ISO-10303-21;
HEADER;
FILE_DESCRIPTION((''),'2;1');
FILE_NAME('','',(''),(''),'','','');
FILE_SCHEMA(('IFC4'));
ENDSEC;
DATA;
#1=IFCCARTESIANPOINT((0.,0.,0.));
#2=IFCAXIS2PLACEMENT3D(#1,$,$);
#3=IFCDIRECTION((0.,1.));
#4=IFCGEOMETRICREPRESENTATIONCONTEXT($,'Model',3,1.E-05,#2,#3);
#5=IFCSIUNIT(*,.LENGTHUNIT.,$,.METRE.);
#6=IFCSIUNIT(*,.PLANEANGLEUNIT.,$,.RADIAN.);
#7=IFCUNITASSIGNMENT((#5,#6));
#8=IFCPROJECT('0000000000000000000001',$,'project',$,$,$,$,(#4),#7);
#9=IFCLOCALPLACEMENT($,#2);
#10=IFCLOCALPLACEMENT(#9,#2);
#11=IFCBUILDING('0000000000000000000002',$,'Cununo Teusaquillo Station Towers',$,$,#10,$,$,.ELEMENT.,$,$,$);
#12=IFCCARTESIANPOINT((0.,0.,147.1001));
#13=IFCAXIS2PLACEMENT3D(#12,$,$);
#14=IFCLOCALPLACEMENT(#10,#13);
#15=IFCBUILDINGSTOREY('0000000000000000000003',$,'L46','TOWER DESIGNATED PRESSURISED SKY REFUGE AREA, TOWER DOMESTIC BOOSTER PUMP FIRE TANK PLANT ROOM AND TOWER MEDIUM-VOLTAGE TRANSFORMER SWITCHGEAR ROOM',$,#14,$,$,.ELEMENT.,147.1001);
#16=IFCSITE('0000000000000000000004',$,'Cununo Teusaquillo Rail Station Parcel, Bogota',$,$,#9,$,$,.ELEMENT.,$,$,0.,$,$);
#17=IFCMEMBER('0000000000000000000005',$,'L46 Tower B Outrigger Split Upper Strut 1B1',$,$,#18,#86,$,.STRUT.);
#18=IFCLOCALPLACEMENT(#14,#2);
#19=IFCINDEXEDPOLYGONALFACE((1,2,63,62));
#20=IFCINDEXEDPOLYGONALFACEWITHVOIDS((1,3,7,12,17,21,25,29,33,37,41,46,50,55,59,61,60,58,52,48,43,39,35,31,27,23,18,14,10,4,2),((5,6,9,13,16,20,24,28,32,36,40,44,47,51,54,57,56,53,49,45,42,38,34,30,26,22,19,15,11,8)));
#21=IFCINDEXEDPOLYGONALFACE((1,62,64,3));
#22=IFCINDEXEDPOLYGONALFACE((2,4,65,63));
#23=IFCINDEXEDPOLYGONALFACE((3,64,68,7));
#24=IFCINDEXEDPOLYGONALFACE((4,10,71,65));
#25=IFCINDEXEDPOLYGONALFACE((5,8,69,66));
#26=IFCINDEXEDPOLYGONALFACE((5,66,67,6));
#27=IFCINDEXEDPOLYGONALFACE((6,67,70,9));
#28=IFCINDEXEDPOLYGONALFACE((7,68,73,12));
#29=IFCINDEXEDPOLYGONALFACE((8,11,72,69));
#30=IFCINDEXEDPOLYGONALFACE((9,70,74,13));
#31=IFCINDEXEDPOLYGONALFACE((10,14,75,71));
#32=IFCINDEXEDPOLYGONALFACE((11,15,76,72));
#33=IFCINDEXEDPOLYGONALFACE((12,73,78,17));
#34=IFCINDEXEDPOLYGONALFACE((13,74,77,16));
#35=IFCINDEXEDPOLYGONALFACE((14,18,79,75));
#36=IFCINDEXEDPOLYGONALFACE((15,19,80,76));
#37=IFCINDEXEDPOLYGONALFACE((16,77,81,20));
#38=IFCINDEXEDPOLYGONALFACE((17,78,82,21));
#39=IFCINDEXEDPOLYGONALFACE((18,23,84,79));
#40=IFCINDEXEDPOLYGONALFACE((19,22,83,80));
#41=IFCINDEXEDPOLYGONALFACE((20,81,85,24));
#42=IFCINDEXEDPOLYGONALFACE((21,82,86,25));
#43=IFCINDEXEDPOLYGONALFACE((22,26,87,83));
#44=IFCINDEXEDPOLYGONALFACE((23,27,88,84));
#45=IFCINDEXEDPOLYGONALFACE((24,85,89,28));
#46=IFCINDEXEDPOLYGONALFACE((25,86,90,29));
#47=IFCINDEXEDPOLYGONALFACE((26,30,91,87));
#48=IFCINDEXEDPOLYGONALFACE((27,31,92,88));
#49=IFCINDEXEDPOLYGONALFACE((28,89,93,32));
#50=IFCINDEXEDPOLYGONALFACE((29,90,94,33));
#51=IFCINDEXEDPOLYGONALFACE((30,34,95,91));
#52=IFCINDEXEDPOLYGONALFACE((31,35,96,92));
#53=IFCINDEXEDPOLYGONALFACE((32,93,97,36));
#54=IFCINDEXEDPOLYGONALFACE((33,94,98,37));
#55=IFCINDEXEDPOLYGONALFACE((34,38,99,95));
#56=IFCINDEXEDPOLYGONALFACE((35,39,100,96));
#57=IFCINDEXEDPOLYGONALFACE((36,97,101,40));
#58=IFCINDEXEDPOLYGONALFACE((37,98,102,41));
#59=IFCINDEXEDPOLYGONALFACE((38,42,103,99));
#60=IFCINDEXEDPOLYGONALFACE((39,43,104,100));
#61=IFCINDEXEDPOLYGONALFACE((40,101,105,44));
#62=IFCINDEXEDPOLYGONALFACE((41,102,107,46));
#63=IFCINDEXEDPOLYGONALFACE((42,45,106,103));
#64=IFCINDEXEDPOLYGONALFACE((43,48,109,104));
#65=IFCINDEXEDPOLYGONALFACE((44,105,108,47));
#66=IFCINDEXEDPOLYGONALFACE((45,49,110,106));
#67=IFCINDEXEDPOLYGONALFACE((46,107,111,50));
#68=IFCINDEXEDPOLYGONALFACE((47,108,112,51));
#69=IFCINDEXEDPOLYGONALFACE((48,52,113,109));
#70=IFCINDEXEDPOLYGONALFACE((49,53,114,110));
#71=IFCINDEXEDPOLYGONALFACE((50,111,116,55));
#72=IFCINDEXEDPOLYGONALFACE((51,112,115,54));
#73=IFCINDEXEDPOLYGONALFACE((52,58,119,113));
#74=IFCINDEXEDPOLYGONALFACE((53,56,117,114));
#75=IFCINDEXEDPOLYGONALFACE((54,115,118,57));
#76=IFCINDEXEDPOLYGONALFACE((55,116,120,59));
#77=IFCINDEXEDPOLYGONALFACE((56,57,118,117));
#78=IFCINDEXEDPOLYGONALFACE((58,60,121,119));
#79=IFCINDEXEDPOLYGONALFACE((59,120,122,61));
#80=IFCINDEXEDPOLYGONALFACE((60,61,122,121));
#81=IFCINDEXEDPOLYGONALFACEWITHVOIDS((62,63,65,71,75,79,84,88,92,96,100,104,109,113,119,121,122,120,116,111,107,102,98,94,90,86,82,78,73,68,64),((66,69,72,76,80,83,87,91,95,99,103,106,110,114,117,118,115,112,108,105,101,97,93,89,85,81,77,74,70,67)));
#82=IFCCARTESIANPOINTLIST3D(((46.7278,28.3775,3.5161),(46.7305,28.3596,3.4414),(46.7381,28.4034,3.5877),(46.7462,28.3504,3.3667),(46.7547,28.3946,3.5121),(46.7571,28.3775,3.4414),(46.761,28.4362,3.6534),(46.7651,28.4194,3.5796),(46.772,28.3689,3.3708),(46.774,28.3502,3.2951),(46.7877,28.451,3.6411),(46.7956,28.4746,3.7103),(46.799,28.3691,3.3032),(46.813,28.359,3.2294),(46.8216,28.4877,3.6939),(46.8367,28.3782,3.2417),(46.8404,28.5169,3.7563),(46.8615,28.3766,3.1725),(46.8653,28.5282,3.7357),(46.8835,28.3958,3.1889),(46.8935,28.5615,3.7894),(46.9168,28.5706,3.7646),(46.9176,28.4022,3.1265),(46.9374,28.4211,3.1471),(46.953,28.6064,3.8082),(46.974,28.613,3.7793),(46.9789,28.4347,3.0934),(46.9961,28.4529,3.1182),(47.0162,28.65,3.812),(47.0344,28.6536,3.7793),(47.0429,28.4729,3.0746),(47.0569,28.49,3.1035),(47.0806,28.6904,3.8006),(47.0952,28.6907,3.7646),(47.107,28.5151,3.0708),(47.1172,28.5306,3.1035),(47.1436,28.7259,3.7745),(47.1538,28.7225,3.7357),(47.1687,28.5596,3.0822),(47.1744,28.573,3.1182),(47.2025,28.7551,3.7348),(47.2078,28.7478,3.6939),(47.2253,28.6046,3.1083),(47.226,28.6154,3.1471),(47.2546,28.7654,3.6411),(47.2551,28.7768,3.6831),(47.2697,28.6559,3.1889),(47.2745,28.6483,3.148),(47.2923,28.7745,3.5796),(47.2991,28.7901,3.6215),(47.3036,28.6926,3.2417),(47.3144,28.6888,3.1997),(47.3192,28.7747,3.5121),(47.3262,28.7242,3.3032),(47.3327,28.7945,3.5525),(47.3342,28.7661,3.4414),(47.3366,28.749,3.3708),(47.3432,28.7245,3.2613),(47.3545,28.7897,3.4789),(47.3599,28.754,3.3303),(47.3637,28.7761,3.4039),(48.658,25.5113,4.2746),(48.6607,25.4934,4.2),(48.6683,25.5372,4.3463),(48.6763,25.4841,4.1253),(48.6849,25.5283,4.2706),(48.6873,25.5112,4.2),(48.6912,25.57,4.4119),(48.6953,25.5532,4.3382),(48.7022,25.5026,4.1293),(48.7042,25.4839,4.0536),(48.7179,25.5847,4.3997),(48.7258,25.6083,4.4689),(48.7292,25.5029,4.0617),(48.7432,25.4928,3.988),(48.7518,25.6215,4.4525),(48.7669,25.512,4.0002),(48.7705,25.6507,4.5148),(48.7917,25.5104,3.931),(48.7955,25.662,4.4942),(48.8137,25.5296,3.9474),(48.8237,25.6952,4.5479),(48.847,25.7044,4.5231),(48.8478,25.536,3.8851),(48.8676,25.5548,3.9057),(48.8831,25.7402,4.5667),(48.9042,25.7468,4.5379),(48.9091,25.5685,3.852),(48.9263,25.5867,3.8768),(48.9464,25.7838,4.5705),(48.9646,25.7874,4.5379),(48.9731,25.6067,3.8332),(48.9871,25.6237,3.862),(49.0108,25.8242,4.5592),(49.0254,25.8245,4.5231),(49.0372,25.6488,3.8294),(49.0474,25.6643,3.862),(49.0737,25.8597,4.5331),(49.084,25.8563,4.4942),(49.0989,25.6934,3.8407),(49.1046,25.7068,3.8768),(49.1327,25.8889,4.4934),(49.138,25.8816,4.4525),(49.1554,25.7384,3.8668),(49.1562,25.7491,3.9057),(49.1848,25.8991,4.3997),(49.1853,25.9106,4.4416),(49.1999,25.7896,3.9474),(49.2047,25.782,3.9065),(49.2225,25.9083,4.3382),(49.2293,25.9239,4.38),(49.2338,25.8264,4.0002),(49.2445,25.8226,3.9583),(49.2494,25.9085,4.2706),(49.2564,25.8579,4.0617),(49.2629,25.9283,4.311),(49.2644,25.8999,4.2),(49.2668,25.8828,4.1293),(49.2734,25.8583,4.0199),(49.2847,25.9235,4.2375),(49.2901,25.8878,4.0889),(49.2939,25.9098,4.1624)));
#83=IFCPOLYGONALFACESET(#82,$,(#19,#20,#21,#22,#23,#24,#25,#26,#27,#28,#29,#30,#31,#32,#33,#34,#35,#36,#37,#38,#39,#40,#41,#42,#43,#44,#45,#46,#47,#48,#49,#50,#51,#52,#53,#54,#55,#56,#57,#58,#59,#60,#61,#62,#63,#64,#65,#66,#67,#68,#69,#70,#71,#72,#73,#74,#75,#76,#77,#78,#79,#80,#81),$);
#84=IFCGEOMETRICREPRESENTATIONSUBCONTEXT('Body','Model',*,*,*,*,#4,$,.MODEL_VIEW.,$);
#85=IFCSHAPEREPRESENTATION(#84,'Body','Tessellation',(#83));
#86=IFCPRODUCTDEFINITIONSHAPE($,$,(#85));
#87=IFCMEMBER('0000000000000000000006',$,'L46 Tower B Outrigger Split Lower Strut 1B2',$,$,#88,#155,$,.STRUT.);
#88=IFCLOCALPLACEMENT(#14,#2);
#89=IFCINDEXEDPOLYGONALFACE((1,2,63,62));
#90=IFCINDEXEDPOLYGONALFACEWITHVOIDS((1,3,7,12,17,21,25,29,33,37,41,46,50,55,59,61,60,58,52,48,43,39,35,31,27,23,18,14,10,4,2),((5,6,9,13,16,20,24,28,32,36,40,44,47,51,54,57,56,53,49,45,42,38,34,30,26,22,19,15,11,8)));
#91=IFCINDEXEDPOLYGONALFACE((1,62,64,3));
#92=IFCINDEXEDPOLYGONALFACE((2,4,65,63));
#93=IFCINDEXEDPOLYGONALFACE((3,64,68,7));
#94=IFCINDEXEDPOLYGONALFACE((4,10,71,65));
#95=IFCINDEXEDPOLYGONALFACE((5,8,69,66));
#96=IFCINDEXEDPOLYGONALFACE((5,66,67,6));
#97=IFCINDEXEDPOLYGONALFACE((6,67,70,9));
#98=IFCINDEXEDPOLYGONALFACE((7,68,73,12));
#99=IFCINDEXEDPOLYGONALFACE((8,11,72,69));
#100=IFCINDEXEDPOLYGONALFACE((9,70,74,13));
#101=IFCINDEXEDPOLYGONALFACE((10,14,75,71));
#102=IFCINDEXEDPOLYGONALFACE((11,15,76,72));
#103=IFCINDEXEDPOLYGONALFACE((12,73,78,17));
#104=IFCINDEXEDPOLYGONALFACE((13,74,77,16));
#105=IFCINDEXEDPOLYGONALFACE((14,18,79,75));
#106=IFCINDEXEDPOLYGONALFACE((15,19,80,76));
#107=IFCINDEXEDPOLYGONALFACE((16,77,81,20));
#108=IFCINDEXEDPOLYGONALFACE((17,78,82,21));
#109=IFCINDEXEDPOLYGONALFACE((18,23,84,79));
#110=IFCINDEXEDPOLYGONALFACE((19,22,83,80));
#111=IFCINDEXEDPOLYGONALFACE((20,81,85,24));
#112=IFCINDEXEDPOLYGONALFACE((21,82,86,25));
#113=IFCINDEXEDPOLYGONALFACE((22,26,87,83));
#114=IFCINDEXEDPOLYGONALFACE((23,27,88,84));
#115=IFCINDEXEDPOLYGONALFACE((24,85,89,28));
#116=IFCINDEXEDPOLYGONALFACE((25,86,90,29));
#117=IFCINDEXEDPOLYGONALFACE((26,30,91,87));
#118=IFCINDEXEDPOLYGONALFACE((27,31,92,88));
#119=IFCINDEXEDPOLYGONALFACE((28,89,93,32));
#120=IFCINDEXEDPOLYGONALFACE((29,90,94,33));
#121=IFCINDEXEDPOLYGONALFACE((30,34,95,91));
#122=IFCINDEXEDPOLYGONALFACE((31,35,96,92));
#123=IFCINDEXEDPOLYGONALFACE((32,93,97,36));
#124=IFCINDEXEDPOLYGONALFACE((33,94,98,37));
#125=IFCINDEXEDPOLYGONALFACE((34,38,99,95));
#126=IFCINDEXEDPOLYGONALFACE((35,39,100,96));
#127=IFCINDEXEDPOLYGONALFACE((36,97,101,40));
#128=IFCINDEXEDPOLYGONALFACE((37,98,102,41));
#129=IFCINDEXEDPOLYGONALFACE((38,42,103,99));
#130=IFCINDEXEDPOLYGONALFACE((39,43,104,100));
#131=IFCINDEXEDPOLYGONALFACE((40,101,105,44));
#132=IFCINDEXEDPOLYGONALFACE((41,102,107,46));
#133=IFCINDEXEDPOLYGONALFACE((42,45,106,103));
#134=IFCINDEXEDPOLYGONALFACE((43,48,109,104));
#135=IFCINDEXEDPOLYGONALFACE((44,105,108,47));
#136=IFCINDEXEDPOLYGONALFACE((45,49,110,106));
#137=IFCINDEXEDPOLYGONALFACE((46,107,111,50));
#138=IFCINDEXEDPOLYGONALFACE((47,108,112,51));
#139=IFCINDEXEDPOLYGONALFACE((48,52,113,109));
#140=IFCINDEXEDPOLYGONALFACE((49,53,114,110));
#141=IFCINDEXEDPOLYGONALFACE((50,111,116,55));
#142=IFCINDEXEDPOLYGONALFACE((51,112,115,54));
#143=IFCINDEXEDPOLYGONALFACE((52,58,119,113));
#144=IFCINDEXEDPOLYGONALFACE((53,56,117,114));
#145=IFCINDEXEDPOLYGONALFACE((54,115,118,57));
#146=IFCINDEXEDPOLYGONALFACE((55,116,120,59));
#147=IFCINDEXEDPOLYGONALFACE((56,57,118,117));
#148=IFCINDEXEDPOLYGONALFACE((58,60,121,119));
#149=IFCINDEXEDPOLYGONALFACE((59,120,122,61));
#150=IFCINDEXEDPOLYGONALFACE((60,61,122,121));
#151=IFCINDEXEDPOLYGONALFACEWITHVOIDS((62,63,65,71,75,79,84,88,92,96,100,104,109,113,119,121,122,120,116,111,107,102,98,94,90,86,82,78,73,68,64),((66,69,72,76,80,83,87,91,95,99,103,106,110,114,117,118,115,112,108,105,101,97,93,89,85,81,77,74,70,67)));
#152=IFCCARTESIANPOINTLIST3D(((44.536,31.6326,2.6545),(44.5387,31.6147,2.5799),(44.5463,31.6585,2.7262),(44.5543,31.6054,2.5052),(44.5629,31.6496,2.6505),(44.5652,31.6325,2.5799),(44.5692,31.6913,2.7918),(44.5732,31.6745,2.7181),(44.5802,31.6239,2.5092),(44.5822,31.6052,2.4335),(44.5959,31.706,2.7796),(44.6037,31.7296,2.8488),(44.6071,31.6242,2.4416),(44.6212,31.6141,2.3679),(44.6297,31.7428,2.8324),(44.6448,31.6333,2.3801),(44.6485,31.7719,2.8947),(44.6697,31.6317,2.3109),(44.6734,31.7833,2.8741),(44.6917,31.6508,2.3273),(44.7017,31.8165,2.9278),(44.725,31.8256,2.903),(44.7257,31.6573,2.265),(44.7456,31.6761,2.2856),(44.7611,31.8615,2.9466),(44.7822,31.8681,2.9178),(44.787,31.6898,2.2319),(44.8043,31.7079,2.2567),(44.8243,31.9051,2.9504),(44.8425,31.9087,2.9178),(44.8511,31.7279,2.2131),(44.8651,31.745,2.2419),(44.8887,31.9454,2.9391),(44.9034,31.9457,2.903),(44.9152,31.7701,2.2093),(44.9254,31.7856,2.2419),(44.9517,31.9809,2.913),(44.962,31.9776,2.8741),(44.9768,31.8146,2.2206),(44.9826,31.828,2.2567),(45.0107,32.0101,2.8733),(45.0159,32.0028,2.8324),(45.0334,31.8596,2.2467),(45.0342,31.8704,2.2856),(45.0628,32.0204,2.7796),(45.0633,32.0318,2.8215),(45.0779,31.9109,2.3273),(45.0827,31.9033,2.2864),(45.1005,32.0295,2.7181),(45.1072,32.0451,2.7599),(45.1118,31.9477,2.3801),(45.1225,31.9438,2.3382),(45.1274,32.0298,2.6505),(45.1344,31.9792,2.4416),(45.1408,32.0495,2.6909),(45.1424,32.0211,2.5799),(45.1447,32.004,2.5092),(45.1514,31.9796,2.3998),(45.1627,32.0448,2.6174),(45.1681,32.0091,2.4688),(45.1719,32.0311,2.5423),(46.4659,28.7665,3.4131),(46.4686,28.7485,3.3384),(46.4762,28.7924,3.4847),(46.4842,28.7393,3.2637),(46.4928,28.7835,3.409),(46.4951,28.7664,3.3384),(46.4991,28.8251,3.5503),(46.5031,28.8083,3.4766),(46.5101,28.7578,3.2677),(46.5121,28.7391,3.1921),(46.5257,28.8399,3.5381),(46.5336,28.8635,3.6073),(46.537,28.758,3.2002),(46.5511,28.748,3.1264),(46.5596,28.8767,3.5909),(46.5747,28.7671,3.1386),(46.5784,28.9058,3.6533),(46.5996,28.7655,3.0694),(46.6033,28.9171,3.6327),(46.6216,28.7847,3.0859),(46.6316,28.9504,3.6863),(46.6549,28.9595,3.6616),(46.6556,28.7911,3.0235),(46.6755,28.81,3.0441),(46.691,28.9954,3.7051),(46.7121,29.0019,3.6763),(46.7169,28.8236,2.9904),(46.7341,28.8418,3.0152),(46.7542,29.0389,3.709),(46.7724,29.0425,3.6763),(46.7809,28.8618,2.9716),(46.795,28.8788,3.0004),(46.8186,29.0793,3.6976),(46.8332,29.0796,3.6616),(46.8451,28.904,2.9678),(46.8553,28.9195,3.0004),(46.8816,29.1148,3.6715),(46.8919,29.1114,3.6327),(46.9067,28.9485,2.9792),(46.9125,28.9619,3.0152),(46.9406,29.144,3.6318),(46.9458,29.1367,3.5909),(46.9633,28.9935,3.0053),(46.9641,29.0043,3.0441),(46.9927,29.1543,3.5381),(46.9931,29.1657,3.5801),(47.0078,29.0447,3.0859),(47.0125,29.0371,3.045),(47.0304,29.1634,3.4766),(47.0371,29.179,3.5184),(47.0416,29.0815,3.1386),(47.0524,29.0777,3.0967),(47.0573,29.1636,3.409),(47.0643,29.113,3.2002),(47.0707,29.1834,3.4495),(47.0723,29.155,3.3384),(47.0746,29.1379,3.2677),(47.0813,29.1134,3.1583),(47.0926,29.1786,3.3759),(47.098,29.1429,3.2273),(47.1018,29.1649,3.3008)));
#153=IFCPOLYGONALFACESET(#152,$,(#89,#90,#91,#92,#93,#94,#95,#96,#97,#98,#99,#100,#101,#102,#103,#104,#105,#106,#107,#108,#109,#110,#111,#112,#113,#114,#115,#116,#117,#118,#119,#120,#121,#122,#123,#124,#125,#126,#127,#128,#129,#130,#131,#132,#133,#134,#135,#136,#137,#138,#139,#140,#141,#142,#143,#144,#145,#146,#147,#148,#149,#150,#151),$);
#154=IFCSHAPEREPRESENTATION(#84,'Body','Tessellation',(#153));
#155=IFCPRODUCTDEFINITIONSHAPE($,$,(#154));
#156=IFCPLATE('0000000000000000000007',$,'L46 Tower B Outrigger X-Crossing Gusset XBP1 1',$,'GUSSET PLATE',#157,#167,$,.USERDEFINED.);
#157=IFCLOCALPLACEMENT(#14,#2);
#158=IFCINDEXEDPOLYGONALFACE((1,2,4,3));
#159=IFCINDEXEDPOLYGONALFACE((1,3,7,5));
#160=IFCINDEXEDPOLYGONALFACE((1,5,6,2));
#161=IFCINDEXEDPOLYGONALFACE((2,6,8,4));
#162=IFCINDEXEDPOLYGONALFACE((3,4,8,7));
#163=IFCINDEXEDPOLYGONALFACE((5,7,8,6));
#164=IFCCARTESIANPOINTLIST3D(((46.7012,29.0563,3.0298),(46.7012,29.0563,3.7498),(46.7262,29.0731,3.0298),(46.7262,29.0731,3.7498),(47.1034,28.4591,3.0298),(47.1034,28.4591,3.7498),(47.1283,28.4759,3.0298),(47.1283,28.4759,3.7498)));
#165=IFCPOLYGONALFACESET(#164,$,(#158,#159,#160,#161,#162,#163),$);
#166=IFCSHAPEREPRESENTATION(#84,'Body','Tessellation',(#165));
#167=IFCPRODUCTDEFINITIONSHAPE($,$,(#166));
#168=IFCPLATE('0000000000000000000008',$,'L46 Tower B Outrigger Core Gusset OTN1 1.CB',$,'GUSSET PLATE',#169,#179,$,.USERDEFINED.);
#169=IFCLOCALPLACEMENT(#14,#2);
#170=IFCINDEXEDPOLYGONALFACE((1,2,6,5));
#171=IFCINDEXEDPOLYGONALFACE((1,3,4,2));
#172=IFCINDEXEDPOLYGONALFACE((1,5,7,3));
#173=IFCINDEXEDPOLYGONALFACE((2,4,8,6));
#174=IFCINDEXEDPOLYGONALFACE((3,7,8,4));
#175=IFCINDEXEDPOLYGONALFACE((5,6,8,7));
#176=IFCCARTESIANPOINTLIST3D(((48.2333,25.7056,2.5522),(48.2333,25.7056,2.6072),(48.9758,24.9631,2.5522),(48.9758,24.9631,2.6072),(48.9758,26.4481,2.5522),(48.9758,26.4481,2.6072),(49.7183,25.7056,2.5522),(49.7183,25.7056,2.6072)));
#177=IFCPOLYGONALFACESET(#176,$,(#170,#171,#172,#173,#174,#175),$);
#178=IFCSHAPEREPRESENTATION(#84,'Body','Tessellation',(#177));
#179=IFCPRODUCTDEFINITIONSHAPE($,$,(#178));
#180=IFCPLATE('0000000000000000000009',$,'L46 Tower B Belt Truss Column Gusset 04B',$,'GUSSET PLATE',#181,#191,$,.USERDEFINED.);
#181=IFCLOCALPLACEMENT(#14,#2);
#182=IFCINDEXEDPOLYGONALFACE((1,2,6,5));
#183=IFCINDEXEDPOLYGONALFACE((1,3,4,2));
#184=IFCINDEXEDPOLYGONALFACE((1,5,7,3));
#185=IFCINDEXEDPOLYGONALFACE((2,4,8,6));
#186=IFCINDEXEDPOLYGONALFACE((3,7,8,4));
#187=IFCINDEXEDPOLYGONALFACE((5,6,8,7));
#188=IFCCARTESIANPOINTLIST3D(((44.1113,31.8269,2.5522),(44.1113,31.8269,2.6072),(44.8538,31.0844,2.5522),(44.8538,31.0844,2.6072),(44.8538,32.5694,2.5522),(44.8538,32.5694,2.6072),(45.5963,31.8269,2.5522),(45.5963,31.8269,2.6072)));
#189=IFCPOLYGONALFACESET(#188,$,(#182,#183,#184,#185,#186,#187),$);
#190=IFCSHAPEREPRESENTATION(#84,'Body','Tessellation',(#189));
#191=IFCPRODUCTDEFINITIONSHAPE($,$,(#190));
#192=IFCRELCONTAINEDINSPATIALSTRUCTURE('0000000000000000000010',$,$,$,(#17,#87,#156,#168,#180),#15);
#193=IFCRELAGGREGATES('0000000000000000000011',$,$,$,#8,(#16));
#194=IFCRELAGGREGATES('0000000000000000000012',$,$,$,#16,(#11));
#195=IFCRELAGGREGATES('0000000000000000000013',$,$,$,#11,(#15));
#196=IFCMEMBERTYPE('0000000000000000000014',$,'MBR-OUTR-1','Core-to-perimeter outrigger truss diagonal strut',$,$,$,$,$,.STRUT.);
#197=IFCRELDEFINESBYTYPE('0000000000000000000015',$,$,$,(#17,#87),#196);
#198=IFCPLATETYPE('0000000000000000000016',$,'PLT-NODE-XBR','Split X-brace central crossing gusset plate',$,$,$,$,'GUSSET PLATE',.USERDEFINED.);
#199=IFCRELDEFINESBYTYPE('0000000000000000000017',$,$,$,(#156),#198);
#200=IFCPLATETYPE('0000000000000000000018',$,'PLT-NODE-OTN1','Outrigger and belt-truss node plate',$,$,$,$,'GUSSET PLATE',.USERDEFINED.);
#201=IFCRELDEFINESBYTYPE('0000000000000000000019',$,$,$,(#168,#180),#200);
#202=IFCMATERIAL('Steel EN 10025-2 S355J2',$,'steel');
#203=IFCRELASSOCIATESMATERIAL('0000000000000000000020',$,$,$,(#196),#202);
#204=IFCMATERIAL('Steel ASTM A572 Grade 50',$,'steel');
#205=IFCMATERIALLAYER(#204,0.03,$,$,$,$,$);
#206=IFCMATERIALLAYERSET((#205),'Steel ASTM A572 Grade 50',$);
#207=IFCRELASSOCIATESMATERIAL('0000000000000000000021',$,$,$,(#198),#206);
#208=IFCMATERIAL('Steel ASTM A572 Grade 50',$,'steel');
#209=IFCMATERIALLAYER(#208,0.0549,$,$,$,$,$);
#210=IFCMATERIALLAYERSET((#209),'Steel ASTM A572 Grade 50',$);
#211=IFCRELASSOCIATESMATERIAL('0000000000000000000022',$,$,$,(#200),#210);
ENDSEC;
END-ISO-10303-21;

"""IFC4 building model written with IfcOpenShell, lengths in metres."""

from ifc_helpers import new_model, si_unit, direction, frame, origin, origin_2d, place, context, subcontext, project, spatial, rectangle, hollow_circle, extrude, source, transform, mapped, material, layer, layer_set, material_profile, profile_set, type_object, element, save


model = new_model("IFC4")

# Units and contexts
model_context = context("Model", 3, precision=1e-05, world=origin(), true_north=direction((0.0, 1.0)))
body_context = subcontext(model_context, "Body", "Model", "MODEL_VIEW")
ifc_project = project(units=[si_unit("LENGTHUNIT", "METRE"), si_unit("PLANEANGLEUNIT", "RADIAN")], contexts=[model_context])

# Site, building, storey
site_placement = place(None, origin())
site = spatial("IfcSite", under=ifc_project, at=site_placement, Name="Cununo Teusaquillo Rail Station Parcel, Bogota", CompositionType="ELEMENT", RefElevation=0.0)
building_placement = place(site_placement, origin())
building = spatial("IfcBuilding", under=site, at=building_placement, Name="Cununo Teusaquillo Station Towers", CompositionType="ELEMENT")
storey_placement = place(building_placement, frame((0.0, 0.0, 147.1001)))
storey = spatial("IfcBuildingStorey", under=building, at=storey_placement, Name="L46", Description="TOWER DESIGNATED PRESSURISED SKY REFUGE AREA, TOWER DOMESTIC BOOSTER PUMP FIRE TANK PLANT ROOM AND TOWER MEDIUM-VOLTAGE TRANSFORMER SWITCHGEAR ROOM", CompositionType="ELEMENT", Elevation=147.1001)

# Members
ifc_material_1 = material(Name="Steel EN 10025-2 S355J2", Category="steel")
ifc_material_profile_1 = material_profile(ifc_material_1, hollow_circle(Radius=0.3799, WallThickness=0.032, at=origin_2d()), Name="CHS 760x32")
ifc_profile_set_1 = profile_set([ifc_material_profile_1], Name="Steel EN 10025-2 S355J2")
member_type_1 = type_object("IfcMemberType", Name="MBR-OUTR-1", Description="Core-to-perimeter outrigger truss diagonal strut", PredefinedType="STRUT", material=ifc_profile_set_1)
member_1_placement = place(storey_placement, frame((48.9758, 25.7056, 4.2), z_axis=(-0.545584, 0.810164, -0.214411), x_axis=(-0.829454, -0.558575, 0.0)))
element("IfcMember", 1, at=member_1_placement, inside=storey, type_object=member_type_1, Name="L46 Tower B Outrigger Split Upper Strut 1B1", PredefinedType="STRUT", context=body_context, shape_type="SweptSolid", body=[
    extrude(hollow_circle(Radius=0.3799, WallThickness=0.032, at=origin_2d()), origin(), (0.0, 0.0, 1.0), 3.5378),
])
member_2_placement = place(storey_placement, frame((46.7837, 28.9607, 3.3384), z_axis=(-0.545536, 0.810195, -0.214419), x_axis=(-0.829487, -0.558526, 0.0)))
element("IfcMember", 2, at=member_2_placement, inside=storey, type_object=member_type_1, Name="L46 Tower B Outrigger Split Lower Strut 1B2", PredefinedType="STRUT", context=body_context, shape_type="SweptSolid", body=[
    extrude(hollow_circle(Radius=0.3799, WallThickness=0.032, at=origin_2d()), origin(), (0.0, 0.0, 1.0), 3.5376),
])

# Plates
ifc_material_2 = material(Name="Steel ASTM A572 Grade 50", Category="steel")
ifc_layer_1 = layer(ifc_material_2, 0.03)
ifc_layer_set_1 = layer_set([ifc_layer_1], Name="Steel ASTM A572 Grade 50")
plate_type_1 = type_object("IfcPlateType", Name="PLT-NODE-XBR", Description="Split X-brace central crossing gusset plate", ElementType="GUSSET PLATE", PredefinedType="USERDEFINED", material=ifc_layer_set_1)
shared_shape_1 = source(origin(), body_context, "Body", "SweptSolid", [
    extrude(rectangle(XDim=0.72, YDim=0.03, at=origin_2d()), origin(), (0.0, 0.0, 1.0), 0.72),
])
plate_1_placement = place(storey_placement, frame((46.9148, 28.7661, 3.0298), z_axis=(0.0, 0.0, 1.0), x_axis=(-0.558614, 0.829428, 0.0)))
element("IfcPlate", 3, at=plate_1_placement, inside=storey, type_object=plate_type_1, Name="L46 Tower B Outrigger X-Crossing Gusset XBP1 1", ObjectType="GUSSET PLATE", PredefinedType="USERDEFINED", context=body_context, shape_type="MappedRepresentation", body=[
    mapped(shared_shape_1, transform((0.0, 0.0, 0.0), x_axis=(1.0, 0.0, 0.0), y_axis=(0.0, 1.0, 0.0), z_axis=(0.0, 0.0, 1.0), scale=1.0)),
])
ifc_material_3 = material(Name="Steel ASTM A572 Grade 50", Category="steel")
ifc_layer_2 = layer(ifc_material_3, 0.0549)
ifc_layer_set_2 = layer_set([ifc_layer_2], Name="Steel ASTM A572 Grade 50")
plate_type_2 = type_object("IfcPlateType", Name="PLT-NODE-OTN1", Description="Outrigger and belt-truss node plate", ElementType="GUSSET PLATE", PredefinedType="USERDEFINED", material=ifc_layer_set_2)
shared_shape_2 = source(origin(), body_context, "Body", "SweptSolid", [
    extrude(rectangle(XDim=1.05, YDim=1.05, at=origin_2d()), origin(), (0.0, 0.0, 1.0), 0.0549),
])
for number, where, z_axis, x_axis, name in (
    (4, (48.9758, 25.7056, 2.5522), (0.0, 0.0, 1.0), (0.707107, 0.707107, 0.0), "L46 Tower B Outrigger Core Gusset OTN1 1.CB"),
    (5, (44.8538, 31.8269, 2.5522), (0.0, 0.0, 1.0), (0.707107, 0.707107, 0.0), "L46 Tower B Belt Truss Column Gusset 04B"),
):
    element("IfcPlate", number, at=place(storey_placement, frame(where, z_axis=z_axis, x_axis=x_axis)), inside=storey, type_object=plate_type_2, Name=name, ObjectType="GUSSET PLATE", PredefinedType="USERDEFINED", context=body_context, shape_type="MappedRepresentation", body=[
        mapped(shared_shape_2, transform((0.0, 0.0, 0.0), x_axis=(1.0, 0.0, 0.0), y_axis=(0.0, 1.0, 0.0), z_axis=(0.0, 0.0, 1.0), scale=1.0)),
    ])

save(model, "model.ifc")
